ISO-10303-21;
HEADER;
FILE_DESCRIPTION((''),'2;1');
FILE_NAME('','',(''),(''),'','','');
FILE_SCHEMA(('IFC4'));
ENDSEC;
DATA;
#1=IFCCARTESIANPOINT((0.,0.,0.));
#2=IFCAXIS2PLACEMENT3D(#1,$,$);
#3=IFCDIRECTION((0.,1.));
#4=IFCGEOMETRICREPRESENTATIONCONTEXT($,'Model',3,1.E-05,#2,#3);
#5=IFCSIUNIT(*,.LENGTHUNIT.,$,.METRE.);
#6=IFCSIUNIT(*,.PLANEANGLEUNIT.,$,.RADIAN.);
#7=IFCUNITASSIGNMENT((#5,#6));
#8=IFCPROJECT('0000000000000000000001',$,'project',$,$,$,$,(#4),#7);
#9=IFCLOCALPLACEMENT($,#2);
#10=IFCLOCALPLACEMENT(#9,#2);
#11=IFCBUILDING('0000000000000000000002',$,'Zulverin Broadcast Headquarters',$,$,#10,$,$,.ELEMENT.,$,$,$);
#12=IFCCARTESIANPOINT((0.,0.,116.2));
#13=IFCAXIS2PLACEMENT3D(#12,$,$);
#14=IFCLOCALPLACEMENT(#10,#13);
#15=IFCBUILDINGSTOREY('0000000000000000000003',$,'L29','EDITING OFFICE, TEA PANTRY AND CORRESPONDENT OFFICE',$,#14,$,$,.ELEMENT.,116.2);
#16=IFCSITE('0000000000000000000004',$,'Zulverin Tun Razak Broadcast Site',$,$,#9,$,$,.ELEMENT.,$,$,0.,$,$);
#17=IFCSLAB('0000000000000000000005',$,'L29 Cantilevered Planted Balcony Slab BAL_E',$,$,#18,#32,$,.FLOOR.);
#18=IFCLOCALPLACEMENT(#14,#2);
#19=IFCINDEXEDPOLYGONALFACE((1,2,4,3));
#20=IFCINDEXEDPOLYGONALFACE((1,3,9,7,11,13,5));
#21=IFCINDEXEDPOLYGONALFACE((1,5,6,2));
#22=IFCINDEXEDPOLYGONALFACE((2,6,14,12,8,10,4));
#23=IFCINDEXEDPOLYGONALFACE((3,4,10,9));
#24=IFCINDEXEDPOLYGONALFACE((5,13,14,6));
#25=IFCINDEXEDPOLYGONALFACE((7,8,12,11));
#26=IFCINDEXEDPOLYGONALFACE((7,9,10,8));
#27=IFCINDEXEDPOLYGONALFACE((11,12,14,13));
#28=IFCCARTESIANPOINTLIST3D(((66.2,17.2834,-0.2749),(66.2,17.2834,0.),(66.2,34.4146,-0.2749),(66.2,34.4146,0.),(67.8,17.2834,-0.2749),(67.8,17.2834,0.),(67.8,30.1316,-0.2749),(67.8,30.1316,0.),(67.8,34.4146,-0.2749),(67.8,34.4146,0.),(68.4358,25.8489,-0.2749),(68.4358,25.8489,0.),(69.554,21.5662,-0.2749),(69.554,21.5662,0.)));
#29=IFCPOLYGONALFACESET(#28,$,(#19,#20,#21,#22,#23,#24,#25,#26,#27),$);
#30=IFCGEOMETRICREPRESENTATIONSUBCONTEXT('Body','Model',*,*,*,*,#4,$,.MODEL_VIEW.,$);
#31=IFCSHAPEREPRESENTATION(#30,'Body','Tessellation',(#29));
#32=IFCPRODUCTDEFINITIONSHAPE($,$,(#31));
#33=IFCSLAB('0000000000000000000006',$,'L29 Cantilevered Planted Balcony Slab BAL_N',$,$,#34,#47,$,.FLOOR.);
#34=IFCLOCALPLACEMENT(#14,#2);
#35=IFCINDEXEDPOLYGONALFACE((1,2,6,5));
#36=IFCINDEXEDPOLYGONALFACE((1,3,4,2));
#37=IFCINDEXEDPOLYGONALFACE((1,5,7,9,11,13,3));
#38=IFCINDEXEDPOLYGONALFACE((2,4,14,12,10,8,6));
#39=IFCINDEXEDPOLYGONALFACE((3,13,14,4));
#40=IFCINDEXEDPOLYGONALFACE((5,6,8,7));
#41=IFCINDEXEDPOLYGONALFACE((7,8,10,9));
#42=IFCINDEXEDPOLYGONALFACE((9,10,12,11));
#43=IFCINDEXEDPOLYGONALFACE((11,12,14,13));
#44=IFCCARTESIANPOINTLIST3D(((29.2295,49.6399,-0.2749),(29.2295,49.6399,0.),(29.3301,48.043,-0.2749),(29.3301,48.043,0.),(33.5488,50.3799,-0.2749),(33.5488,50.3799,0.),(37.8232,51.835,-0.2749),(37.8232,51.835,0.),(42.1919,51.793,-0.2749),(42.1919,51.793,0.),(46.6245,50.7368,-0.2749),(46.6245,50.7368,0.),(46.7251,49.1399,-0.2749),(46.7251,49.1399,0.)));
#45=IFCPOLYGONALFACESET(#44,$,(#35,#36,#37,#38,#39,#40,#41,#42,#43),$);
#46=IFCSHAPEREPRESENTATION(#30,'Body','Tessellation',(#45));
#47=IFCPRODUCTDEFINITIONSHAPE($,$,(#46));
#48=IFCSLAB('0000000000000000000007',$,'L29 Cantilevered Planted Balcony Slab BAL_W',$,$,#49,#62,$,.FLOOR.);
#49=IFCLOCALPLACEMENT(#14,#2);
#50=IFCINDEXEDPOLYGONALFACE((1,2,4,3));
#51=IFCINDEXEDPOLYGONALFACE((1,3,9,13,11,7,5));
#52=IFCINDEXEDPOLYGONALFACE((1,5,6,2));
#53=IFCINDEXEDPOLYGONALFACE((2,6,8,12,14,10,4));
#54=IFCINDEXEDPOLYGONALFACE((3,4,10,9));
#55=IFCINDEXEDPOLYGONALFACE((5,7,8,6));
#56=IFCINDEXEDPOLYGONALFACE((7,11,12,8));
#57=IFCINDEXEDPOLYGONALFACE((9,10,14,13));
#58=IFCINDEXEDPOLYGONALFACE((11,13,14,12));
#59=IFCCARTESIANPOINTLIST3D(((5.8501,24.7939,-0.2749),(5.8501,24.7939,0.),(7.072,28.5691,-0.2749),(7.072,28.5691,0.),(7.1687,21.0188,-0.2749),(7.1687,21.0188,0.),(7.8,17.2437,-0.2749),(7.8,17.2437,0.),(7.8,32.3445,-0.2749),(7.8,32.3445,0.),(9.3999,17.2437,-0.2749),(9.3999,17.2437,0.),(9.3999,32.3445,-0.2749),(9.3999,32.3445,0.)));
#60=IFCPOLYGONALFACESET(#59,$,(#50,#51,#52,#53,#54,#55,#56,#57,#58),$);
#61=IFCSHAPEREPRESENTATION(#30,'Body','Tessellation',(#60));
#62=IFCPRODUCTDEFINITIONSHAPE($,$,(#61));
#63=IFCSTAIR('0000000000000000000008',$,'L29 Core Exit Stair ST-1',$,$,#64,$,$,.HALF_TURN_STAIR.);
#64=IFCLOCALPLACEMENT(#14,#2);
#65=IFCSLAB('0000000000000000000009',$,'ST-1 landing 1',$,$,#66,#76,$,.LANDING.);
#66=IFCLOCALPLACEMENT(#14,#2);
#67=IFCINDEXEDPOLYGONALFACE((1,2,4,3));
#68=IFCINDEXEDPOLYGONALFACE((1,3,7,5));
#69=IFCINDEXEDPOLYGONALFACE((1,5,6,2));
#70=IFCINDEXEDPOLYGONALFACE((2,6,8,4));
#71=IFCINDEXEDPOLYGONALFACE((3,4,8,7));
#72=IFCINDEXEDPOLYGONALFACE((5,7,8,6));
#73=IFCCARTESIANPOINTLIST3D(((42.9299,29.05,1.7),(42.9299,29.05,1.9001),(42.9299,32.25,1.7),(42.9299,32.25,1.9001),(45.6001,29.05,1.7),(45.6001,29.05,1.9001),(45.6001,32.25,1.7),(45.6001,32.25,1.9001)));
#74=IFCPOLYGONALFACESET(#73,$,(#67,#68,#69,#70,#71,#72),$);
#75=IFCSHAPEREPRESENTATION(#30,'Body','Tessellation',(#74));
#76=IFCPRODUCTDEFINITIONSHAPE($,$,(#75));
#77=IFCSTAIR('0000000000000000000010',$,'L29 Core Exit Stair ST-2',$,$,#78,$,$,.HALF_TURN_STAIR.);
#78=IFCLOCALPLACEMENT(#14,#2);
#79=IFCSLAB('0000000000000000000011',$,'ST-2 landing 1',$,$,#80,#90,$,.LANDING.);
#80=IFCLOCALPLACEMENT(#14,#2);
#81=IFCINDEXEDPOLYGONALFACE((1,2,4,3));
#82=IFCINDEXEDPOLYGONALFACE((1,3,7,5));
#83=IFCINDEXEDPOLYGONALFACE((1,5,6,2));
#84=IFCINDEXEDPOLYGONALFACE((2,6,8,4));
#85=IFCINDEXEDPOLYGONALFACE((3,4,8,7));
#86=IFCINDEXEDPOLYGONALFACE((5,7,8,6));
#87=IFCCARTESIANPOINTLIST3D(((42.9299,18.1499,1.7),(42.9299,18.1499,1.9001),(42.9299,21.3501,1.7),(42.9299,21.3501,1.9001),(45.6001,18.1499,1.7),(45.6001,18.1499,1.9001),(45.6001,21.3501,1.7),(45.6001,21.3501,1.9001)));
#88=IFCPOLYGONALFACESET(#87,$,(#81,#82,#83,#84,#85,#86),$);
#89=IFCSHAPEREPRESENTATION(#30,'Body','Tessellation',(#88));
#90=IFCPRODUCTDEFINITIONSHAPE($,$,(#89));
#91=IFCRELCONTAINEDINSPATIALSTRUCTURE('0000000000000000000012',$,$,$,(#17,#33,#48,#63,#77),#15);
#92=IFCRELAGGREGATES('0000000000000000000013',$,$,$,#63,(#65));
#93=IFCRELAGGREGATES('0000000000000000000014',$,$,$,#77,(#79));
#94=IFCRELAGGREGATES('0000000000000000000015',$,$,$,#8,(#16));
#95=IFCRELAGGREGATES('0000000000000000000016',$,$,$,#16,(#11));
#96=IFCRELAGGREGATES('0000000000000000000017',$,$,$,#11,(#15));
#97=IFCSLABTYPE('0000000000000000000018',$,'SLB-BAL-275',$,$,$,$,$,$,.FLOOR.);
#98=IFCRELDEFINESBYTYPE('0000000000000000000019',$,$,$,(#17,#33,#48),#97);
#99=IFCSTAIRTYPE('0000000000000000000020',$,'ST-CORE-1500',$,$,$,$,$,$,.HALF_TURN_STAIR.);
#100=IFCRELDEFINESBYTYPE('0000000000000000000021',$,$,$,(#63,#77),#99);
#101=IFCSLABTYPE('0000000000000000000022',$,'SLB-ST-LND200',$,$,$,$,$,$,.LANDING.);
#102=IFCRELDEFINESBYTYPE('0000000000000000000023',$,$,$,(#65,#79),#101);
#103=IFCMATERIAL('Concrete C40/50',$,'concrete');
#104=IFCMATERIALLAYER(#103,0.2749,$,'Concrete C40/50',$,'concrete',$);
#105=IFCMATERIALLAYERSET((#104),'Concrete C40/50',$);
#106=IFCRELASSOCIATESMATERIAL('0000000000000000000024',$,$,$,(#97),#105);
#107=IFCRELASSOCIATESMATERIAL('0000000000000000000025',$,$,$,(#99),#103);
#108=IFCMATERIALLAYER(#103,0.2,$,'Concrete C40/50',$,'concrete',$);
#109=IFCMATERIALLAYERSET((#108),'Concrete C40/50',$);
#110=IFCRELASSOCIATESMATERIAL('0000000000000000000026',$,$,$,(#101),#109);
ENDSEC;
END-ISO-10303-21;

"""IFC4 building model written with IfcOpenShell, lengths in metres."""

from ifc_helpers import new_model, si_unit, direction, frame, origin, place, context, subcontext, project, spatial, polyline, outline, extrude, material, layer, layer_set, type_object, element, aggregate, save


model = new_model("IFC4")

# Units and contexts
model_context = context("Model", 3, precision=1e-05, world=origin(), true_north=direction((0.0, 1.0)))
body_context = subcontext(model_context, "Body", "Model", "MODEL_VIEW")
ifc_project = project(units=[si_unit("LENGTHUNIT", "METRE"), si_unit("PLANEANGLEUNIT", "RADIAN")], contexts=[model_context])

# Site, building, storey
site_placement = place(None, origin())
site = spatial("IfcSite", under=ifc_project, at=site_placement, Name="Zulverin Tun Razak Broadcast Site", CompositionType="ELEMENT", RefElevation=0.0)
building_placement = place(site_placement, origin())
building = spatial("IfcBuilding", under=site, at=building_placement, Name="Zulverin Broadcast Headquarters", CompositionType="ELEMENT")
storey_placement = place(building_placement, frame((0.0, 0.0, 116.2)))
storey = spatial("IfcBuildingStorey", under=building, at=storey_placement, Name="L29", Description="EDITING OFFICE, TEA PANTRY AND CORRESPONDENT OFFICE", CompositionType="ELEMENT", Elevation=116.2)

# Slabs
ifc_material_1 = material(Name="Concrete C40/50", Category="concrete")
ifc_layer_1 = layer(ifc_material_1, 0.2749, Name="Concrete C40/50", Category="concrete")
ifc_layer_set_1 = layer_set([ifc_layer_1], Name="Concrete C40/50")
slab_type_1 = type_object("IfcSlabType", Name="SLB-BAL-275", PredefinedType="FLOOR", material=ifc_layer_set_1)
slab_1_placement = place(storey_placement, frame((0.0, 0.0, -0.2749)))
element("IfcSlab", 1, at=slab_1_placement, inside=storey, type_object=slab_type_1, Name="L29 Cantilevered Planted Balcony Slab BAL_E", PredefinedType="FLOOR", context=body_context, shape_type="SweptSolid", body=[
    extrude(outline(polyline([(66.2, 34.4146), (66.2, 17.2834), (67.8, 17.2834), (69.554, 21.5662), (68.4358, 25.8489), (67.8, 30.1316), (67.8, 34.4146), (66.2, 34.4146)])), origin(), (0.0, 0.0, 1.0), 0.2749),
])
slab_2_placement = place(storey_placement, frame((0.0, 0.0, -0.2749)))
element("IfcSlab", 2, at=slab_2_placement, inside=storey, type_object=slab_type_1, Name="L29 Cantilevered Planted Balcony Slab BAL_N", PredefinedType="FLOOR", context=body_context, shape_type="SweptSolid", body=[
    extrude(outline(polyline([(29.3301, 48.043), (46.7251, 49.1399), (46.6245, 50.7368), (42.1919, 51.793), (37.8232, 51.835), (33.5488, 50.3799), (29.2295, 49.6399), (29.3301, 48.043)])), origin(), (0.0, 0.0, 1.0), 0.2749),
])
slab_3_placement = place(storey_placement, frame((0.0, 0.0, -0.2749)))
element("IfcSlab", 3, at=slab_3_placement, inside=storey, type_object=slab_type_1, Name="L29 Cantilevered Planted Balcony Slab BAL_W", PredefinedType="FLOOR", context=body_context, shape_type="SweptSolid", body=[
    extrude(outline(polyline([(9.3999, 17.2437), (9.3999, 32.3445), (7.8, 32.3445), (7.072, 28.5691), (5.8501, 24.7939), (7.1687, 21.0188), (7.8, 17.2437), (9.3999, 17.2437)])), origin(), (0.0, 0.0, 1.0), 0.2749),
])

# Stairs, slabs
stair_type = type_object("IfcStairType", Name="ST-CORE-1500", PredefinedType="HALF_TURN_STAIR", material=ifc_material_1)
stair_1_placement = place(storey_placement, origin())
stair_1 = element("IfcStair", 4, at=stair_1_placement, inside=storey, type_object=stair_type, Name="L29 Core Exit Stair ST-1", PredefinedType="HALF_TURN_STAIR")
ifc_layer_2 = layer(ifc_material_1, 0.2, Name="Concrete C40/50", Category="concrete")
ifc_layer_set_2 = layer_set([ifc_layer_2], Name="Concrete C40/50")
slab_type_2 = type_object("IfcSlabType", Name="SLB-ST-LND200", PredefinedType="LANDING", material=ifc_layer_set_2)
slab_4_placement = place(storey_placement, frame((0.0, 0.0, 1.7)))
slab_4 = element("IfcSlab", 5, at=slab_4_placement, type_object=slab_type_2, Name="ST-1 landing 1", PredefinedType="LANDING", context=body_context, shape_type="SweptSolid", body=[
    extrude(outline(polyline([(42.9299, 29.05), (45.6001, 29.05), (45.6001, 32.25), (42.9299, 32.25), (42.9299, 29.05)])), origin(), (0.0, 0.0, 1.0), 0.2002),
])
aggregate(stair_1, [slab_4])
stair_2_placement = place(storey_placement, origin())
stair_2 = element("IfcStair", 6, at=stair_2_placement, inside=storey, type_object=stair_type, Name="L29 Core Exit Stair ST-2", PredefinedType="HALF_TURN_STAIR")
slab_5_placement = place(storey_placement, frame((0.0, 0.0, 1.7)))
slab_5 = element("IfcSlab", 7, at=slab_5_placement, type_object=slab_type_2, Name="ST-2 landing 1", PredefinedType="LANDING", context=body_context, shape_type="SweptSolid", body=[
    extrude(outline(polyline([(42.9299, 18.1499), (45.6001, 18.1499), (45.6001, 21.3501), (42.9299, 21.3501), (42.9299, 18.1499)])), origin(), (0.0, 0.0, 1.0), 0.2002),
])
aggregate(stair_2, [slab_5])

save(model, "model.ifc")
